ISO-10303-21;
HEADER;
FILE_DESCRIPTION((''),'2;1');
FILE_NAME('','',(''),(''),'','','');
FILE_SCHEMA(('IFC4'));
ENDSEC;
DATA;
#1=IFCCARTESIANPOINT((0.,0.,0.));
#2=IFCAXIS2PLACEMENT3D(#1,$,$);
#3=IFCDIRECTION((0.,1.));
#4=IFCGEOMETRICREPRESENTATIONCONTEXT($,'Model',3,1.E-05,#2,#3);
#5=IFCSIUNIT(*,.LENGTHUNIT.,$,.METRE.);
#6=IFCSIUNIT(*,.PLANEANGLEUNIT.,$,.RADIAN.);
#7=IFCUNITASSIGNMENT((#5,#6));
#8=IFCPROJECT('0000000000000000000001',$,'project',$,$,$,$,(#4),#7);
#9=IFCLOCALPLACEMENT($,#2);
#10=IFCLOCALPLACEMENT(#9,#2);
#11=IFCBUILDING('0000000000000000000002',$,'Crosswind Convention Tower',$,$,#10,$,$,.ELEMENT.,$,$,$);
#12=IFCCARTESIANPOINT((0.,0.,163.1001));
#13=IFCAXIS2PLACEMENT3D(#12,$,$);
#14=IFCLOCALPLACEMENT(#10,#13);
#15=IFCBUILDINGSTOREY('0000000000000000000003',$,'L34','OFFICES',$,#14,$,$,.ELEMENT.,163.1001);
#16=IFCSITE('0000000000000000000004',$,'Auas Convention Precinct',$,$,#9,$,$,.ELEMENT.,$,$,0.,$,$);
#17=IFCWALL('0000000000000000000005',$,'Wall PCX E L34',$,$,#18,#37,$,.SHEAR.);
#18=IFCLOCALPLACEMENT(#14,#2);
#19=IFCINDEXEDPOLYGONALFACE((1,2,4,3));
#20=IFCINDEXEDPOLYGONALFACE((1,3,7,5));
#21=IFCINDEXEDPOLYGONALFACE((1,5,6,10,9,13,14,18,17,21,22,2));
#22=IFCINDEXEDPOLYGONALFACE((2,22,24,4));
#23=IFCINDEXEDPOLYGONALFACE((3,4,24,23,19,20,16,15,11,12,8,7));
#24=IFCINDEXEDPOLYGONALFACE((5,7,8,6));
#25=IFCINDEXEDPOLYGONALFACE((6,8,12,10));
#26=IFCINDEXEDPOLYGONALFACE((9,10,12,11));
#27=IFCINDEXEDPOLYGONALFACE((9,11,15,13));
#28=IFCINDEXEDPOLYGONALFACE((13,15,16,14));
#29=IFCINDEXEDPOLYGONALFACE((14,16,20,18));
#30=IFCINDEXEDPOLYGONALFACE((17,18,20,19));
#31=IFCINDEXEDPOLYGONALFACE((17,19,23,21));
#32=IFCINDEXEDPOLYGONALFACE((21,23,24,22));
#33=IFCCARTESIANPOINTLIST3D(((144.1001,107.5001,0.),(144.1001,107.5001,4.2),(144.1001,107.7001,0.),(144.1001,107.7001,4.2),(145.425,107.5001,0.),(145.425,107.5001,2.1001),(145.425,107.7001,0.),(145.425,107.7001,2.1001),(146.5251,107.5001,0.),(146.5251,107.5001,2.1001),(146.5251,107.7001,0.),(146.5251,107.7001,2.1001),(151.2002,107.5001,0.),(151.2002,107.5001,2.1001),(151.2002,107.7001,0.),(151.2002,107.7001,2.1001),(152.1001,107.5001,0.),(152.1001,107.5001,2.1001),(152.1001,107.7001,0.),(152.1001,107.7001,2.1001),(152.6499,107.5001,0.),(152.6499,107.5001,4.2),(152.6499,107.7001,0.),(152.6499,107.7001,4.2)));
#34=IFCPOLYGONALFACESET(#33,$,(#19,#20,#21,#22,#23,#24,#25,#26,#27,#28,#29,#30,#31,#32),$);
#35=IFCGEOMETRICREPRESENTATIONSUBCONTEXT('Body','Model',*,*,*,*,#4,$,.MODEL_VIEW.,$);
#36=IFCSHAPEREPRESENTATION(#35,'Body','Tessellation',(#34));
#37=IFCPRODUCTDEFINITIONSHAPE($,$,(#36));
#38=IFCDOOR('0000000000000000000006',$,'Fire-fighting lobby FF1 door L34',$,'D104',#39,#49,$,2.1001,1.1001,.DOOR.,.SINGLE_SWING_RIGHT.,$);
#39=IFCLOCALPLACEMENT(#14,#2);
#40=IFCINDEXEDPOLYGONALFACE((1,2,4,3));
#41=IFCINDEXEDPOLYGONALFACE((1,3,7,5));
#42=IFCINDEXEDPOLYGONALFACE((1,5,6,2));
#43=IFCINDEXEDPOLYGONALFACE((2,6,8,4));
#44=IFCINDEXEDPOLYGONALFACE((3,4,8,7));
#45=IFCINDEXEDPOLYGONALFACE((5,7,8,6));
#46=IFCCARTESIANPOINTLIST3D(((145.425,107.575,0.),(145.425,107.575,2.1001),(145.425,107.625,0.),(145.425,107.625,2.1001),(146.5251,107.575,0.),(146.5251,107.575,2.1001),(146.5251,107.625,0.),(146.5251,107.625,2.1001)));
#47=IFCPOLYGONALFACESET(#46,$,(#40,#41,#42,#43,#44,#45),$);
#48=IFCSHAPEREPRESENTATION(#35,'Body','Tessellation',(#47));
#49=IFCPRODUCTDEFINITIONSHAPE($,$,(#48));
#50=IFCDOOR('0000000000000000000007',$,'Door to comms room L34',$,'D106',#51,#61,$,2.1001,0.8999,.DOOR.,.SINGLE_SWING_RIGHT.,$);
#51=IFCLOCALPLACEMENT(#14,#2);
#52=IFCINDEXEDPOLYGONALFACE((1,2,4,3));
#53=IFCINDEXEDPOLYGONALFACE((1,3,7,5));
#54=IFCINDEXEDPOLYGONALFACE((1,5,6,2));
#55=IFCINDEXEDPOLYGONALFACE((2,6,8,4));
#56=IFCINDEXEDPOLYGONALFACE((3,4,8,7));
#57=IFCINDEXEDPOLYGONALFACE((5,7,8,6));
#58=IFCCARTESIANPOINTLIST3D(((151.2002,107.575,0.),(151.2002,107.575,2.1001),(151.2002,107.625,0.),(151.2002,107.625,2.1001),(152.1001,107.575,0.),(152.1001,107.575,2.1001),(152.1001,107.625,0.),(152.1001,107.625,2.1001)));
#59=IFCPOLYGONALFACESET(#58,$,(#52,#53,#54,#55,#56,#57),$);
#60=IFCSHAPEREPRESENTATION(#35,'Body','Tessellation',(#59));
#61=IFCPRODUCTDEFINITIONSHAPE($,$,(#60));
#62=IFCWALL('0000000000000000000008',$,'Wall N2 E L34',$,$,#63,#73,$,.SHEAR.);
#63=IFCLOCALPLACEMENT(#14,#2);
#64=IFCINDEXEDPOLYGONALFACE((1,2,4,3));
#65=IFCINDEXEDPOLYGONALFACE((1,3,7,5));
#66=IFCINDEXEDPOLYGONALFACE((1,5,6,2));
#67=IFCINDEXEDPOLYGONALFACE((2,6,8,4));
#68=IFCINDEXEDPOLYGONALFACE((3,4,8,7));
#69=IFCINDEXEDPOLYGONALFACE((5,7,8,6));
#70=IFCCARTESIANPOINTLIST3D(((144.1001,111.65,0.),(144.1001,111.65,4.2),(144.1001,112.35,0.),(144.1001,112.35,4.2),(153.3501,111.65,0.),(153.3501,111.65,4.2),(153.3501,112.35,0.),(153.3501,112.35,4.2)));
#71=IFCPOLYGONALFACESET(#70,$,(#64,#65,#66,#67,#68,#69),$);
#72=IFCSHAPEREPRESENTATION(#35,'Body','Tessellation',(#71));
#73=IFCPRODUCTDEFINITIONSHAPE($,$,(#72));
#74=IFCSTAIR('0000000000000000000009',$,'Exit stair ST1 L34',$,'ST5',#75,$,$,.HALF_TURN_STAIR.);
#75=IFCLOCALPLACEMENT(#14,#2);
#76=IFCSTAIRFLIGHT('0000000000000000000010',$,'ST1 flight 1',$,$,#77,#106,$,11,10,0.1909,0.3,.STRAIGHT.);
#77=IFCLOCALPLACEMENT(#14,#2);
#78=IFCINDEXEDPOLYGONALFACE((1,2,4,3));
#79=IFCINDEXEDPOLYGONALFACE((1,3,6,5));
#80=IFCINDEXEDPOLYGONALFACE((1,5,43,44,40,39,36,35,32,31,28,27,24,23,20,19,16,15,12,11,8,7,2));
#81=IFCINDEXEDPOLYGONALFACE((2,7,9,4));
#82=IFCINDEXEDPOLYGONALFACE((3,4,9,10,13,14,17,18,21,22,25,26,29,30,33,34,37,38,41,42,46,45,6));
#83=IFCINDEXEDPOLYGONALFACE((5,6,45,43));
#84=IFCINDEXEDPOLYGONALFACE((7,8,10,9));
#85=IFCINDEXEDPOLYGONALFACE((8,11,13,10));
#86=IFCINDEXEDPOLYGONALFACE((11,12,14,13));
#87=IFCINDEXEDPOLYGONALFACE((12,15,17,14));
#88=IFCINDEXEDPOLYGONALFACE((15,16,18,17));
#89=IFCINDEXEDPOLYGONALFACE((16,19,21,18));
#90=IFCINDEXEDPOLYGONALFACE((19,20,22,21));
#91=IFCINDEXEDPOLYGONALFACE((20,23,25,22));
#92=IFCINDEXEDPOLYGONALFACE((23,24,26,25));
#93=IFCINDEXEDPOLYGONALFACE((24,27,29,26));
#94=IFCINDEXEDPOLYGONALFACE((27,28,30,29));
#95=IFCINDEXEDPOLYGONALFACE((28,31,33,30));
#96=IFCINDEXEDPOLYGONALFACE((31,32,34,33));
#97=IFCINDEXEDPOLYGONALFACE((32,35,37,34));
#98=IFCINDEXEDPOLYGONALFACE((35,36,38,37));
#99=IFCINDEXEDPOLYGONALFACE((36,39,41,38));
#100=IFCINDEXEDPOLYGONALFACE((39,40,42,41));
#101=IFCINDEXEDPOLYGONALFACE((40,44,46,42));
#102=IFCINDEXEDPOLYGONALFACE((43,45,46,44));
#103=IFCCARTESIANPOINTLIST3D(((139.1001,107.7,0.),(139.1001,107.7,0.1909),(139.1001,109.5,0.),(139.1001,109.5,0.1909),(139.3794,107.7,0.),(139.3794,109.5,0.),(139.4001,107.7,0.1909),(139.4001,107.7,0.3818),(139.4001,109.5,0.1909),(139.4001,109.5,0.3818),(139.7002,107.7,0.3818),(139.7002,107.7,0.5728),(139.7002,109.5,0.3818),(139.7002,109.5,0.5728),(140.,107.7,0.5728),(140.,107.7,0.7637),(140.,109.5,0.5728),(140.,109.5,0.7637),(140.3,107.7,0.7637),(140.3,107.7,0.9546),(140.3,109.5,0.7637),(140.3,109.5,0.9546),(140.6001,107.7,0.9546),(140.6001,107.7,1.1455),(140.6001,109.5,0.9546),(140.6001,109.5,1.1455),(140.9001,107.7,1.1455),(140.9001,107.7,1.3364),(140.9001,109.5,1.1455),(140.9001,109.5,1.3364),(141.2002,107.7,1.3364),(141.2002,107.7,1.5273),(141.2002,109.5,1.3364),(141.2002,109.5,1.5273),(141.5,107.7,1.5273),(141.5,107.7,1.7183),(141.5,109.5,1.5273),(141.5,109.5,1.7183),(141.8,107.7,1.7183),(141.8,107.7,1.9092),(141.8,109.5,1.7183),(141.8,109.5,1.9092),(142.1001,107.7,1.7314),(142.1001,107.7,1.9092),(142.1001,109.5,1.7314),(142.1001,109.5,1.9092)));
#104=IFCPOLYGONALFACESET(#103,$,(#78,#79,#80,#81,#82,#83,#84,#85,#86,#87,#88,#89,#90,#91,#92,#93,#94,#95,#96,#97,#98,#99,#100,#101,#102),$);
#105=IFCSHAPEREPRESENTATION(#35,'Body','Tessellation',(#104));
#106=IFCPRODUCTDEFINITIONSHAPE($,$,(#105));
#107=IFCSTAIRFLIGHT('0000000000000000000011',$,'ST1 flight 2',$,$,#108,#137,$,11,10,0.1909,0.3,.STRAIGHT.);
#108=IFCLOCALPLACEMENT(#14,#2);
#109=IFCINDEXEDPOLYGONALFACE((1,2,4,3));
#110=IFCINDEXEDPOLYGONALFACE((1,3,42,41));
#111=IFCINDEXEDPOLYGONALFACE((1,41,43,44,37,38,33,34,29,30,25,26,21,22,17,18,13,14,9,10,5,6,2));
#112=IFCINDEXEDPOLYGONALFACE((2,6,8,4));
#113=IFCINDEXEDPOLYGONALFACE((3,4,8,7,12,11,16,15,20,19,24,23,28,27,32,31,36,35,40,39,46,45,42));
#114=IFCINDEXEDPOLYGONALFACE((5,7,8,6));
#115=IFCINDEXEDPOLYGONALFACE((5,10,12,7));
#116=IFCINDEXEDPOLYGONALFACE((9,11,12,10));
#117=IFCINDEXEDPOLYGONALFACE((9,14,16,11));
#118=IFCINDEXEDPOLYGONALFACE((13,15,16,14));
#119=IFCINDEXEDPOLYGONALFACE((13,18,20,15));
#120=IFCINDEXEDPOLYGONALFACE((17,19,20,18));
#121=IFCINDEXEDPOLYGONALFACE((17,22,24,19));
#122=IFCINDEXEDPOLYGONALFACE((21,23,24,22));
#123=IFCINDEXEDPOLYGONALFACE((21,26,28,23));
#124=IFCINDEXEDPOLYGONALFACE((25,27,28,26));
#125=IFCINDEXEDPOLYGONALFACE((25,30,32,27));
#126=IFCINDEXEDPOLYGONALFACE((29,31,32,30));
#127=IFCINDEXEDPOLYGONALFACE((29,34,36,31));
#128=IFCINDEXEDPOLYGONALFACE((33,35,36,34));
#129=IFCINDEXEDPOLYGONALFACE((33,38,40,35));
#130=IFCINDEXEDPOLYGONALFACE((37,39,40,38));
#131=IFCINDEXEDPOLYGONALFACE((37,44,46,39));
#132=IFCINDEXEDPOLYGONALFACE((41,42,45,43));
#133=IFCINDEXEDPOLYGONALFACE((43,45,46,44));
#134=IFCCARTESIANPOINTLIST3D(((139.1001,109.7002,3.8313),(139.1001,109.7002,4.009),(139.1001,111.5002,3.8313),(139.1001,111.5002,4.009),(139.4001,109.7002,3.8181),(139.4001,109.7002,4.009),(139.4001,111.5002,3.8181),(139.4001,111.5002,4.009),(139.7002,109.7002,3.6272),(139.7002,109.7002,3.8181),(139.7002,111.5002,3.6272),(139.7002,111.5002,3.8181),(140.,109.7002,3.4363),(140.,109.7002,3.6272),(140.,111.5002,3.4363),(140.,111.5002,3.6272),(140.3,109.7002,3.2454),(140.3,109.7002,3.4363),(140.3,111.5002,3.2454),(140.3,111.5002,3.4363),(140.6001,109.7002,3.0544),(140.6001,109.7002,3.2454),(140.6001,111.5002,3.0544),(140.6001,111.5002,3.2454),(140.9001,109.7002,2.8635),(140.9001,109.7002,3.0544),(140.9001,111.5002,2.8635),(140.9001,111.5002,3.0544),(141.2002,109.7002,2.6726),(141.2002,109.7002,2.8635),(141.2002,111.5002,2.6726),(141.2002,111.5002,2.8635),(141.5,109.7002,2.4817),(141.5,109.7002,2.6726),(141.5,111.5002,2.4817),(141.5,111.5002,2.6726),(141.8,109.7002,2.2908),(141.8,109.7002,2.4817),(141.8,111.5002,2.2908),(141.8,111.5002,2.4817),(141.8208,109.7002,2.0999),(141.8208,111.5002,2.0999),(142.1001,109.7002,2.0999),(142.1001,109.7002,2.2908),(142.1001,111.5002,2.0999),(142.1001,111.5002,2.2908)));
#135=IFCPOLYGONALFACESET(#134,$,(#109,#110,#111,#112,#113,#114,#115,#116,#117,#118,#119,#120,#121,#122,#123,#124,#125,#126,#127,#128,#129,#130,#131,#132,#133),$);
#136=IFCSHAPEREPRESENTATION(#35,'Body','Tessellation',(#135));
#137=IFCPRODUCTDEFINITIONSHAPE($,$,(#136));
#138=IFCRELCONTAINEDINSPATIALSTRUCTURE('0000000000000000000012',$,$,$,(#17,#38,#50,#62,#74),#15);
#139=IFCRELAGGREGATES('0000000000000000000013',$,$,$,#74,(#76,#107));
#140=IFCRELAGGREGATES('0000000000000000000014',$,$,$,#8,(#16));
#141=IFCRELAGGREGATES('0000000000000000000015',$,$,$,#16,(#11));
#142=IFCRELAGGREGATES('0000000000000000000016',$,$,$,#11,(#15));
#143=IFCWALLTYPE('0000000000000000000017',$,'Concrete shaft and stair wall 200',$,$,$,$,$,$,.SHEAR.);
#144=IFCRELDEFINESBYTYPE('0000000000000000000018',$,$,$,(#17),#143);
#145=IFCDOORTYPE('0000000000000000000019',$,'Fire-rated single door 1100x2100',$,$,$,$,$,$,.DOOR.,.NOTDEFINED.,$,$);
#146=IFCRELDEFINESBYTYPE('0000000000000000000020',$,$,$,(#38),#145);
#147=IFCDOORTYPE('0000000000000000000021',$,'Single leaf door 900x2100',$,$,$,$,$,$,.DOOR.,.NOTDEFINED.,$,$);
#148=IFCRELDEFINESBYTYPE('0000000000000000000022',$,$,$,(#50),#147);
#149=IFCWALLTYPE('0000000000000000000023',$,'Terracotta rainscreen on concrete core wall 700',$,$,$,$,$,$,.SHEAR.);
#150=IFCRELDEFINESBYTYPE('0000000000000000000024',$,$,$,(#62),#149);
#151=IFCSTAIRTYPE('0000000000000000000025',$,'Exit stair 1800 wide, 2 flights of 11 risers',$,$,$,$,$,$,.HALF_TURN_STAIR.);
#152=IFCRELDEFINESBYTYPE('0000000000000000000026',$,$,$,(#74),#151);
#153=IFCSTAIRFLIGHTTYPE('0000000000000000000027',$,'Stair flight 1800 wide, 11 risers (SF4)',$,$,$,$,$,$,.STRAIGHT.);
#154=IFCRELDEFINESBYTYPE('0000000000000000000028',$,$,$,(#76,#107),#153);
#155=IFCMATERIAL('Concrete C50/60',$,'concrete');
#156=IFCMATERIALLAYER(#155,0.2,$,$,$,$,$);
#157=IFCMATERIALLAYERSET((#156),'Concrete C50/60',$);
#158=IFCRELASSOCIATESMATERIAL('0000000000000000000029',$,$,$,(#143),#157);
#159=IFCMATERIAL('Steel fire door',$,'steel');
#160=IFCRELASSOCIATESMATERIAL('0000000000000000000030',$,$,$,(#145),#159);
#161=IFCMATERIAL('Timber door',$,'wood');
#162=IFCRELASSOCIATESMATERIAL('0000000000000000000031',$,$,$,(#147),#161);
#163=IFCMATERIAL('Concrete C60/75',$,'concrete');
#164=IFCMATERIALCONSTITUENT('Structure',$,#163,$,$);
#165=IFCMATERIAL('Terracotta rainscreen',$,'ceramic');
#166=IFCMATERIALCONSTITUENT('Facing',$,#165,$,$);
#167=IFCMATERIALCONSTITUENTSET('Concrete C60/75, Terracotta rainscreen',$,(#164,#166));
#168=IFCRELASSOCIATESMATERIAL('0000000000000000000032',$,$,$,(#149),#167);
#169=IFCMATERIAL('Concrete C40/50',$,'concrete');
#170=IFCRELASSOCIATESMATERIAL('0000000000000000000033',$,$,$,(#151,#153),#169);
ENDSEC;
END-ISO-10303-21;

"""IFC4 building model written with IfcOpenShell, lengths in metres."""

from ifc_helpers import new_model, si_unit, direction, frame, frame_2d, origin, place, context, subcontext, project, spatial, polyline, rectangle, outline, extrude, material, layer, layer_set, constituent, constituent_set, type_object, element, fill, aggregate, save


model = new_model("IFC4")

# Units and contexts
model_context = context("Model", 3, precision=1e-05, world=origin(), true_north=direction((0.0, 1.0)))
body_context = subcontext(model_context, "Body", "Model", "MODEL_VIEW")
ifc_project = project(units=[si_unit("LENGTHUNIT", "METRE"), si_unit("PLANEANGLEUNIT", "RADIAN")], contexts=[model_context])

# Site, building, storey
site_placement = place(None, origin())
site = spatial("IfcSite", under=ifc_project, at=site_placement, Name="Auas Convention Precinct", CompositionType="ELEMENT", RefElevation=0.0)
building_placement = place(site_placement, origin())
building = spatial("IfcBuilding", under=site, at=building_placement, Name="Crosswind Convention Tower", CompositionType="ELEMENT")
storey_placement = place(building_placement, frame((0.0, 0.0, 163.1001)))
storey = spatial("IfcBuildingStorey", under=building, at=storey_placement, Name="L34", Description="OFFICES", CompositionType="ELEMENT", Elevation=163.1001)

# Shared definitions
ifc_material_1 = material(Name="Concrete C60/75", Category="concrete")

# Shared definitions
ifc_material_2 = material(Name="Concrete C50/60", Category="concrete")
ifc_layer_1 = layer(ifc_material_2, 0.2)
ifc_layer_set_1 = layer_set([ifc_layer_1], Name="Concrete C50/60")
wall_type_1 = type_object("IfcWallType", Name="Concrete shaft and stair wall 200", PredefinedType="SHEAR", material=ifc_layer_set_1)

# Wall, openings, doors
wall_1_placement = place(storey_placement, frame((144.1001, 107.6001, 0.0), z_axis=(0.0, 0.0, 1.0), x_axis=(1.0, 0.0, 0.0)))
wall_1 = element("IfcWall", 1, at=wall_1_placement, inside=storey, type_object=wall_type_1, Name="Wall PCX E L34", PredefinedType="SHEAR", context=body_context, shape_type="SweptSolid", body=[
    extrude(rectangle(XDim=8.5498, YDim=0.2, at=frame_2d((4.2749, 0.0))), origin(), (0.0, 0.0, 1.0), 4.2),
])
opening_1_placement = place(wall_1_placement, frame((1.325, 0.0, 0.0)))
opening_1 = element("IfcOpeningElement", 2, at=opening_1_placement, cuts=wall_1, PredefinedType="OPENING", context=body_context, shape_type="SweptSolid", body=[
    extrude(rectangle(XDim=1.1001, YDim=2.1001, at=frame_2d((0.55, 1.05))), frame((0.0, 0.1099, 0.0), z_axis=(0.0, -1.0, 0.0), x_axis=(1.0, 0.0, 0.0)), (0.0, 0.0, 1.0), 0.22),
])
opening_2_placement = place(wall_1_placement, frame((7.1001, 0.0, 0.0)))
opening_2 = element("IfcOpeningElement", 3, at=opening_2_placement, cuts=wall_1, PredefinedType="OPENING", context=body_context, shape_type="SweptSolid", body=[
    extrude(rectangle(XDim=0.8999, YDim=2.1001, at=frame_2d((0.45, 1.05))), frame((0.0, 0.1099, 0.0), z_axis=(0.0, -1.0, 0.0), x_axis=(1.0, 0.0, 0.0)), (0.0, 0.0, 1.0), 0.22),
])
ifc_material_3 = material(Name="Steel fire door", Category="steel")
door_type_1 = type_object("IfcDoorType", Name="Fire-rated single door 1100x2100", OperationType="NOTDEFINED", PredefinedType="DOOR", material=ifc_material_3)
door_1_placement = place(opening_1_placement, origin())
door_1 = element("IfcDoor", 4, at=door_1_placement, inside=storey, type_object=door_type_1, Name="Fire-fighting lobby FF1 door L34", ObjectType="D104", OperationType="SINGLE_SWING_RIGHT", OverallHeight=2.1001, OverallWidth=1.1001, PredefinedType="DOOR", context=body_context, shape_type="SweptSolid", body=[
    extrude(rectangle(XDim=1.1001, YDim=2.1001, at=frame_2d((0.55, 1.05))), frame((0.0, 0.0249, 0.0), z_axis=(0.0, -1.0, 0.0), x_axis=(1.0, 0.0, 0.0)), (0.0, 0.0, 1.0), 0.05),
])
fill(opening_1, door_1)
ifc_material_4 = material(Name="Timber door", Category="wood")
door_type_2 = type_object("IfcDoorType", Name="Single leaf door 900x2100", OperationType="NOTDEFINED", PredefinedType="DOOR", material=ifc_material_4)
door_2_placement = place(opening_2_placement, origin())
door_2 = element("IfcDoor", 5, at=door_2_placement, inside=storey, type_object=door_type_2, Name="Door to comms room L34", ObjectType="D106", OperationType="SINGLE_SWING_RIGHT", OverallHeight=2.1001, OverallWidth=0.8999, PredefinedType="DOOR", context=body_context, shape_type="SweptSolid", body=[
    extrude(rectangle(XDim=0.8999, YDim=2.1001, at=frame_2d((0.45, 1.05))), frame((0.0, 0.0249, 0.0), z_axis=(0.0, -1.0, 0.0), x_axis=(1.0, 0.0, 0.0)), (0.0, 0.0, 1.0), 0.05),
])
fill(opening_2, door_2)

# Wall
ifc_constituent_1 = constituent(ifc_material_1, Name="Structure")
ifc_material_5 = material(Name="Terracotta rainscreen", Category="ceramic")
ifc_constituent_2 = constituent(ifc_material_5, Name="Facing")
ifc_constituent_set = constituent_set(constituents=[ifc_constituent_1, ifc_constituent_2], Name="Concrete C60/75, Terracotta rainscreen")
wall_type_2 = type_object("IfcWallType", Name="Terracotta rainscreen on concrete core wall 700", PredefinedType="SHEAR", material=ifc_constituent_set)
wall_2_placement = place(storey_placement, frame((144.1001, 112.0, 0.0), z_axis=(0.0, 0.0, 1.0), x_axis=(1.0, 0.0, 0.0)))
element("IfcWall", 6, at=wall_2_placement, inside=storey, type_object=wall_type_2, Name="Wall N2 E L34", PredefinedType="SHEAR", context=body_context, shape_type="SweptSolid", body=[
    extrude(rectangle(XDim=9.25, YDim=0.7, at=frame_2d((4.625, 0.0))), origin(), (0.0, 0.0, 1.0), 4.2),
])

# Stair, stair flights
ifc_material_6 = material(Name="Concrete C40/50", Category="concrete")
stair_type = type_object("IfcStairType", Name="Exit stair 1800 wide, 2 flights of 11 risers", PredefinedType="HALF_TURN_STAIR", material=ifc_material_6)
stair_placement = place(storey_placement, origin())
stair = element("IfcStair", 7, at=stair_placement, inside=storey, type_object=stair_type, Name="Exit stair ST1 L34", ObjectType="ST5", PredefinedType="HALF_TURN_STAIR")
stair_flight_type = type_object("IfcStairFlightType", Name="Stair flight 1800 wide, 11 risers (SF4)", PredefinedType="STRAIGHT", material=ifc_material_6)
stair_flight_1_placement = place(storey_placement, frame((139.1001, 108.6001, 0.0), z_axis=(0.0, 0.0, 1.0), x_axis=(1.0, 0.0, 0.0)))
stair_flight_1 = element("IfcStairFlight", 8, at=stair_flight_1_placement, type_object=stair_flight_type, Name="ST1 flight 1", NumberOfRisers=11, NumberOfTreads=10, PredefinedType="STRAIGHT", RiserHeight=0.1909, TreadLength=0.3, context=body_context, shape_type="SweptSolid", body=[
    extrude(outline(polyline([(0.0, 0.0), (0.0, 0.1909), (0.3, 0.1909), (0.3, 0.3818), (0.6001, 0.3818), (0.6001, 0.5728), (0.8999, 0.5728), (0.8999, 0.7637), (1.2, 0.7637), (1.2, 0.9546), (1.5, 0.9546), (1.5, 1.1455), (1.8, 1.1455), (1.8, 1.3364), (2.1001, 1.3364), (2.1001, 1.5273), (2.3999, 1.5273), (2.3999, 1.7183), (2.7, 1.7183), (2.7, 1.9092), (3.0, 1.9092), (3.0, 2.1001), (3.0, 1.7314), (0.2793, 0.0), (0.0, 0.0)])), frame((0.0, 0.8999, 0.0), z_axis=(0.0, -1.0, 0.0), x_axis=(1.0, 0.0, 0.0)), (0.0, 0.0, 1.0), 1.8),
])
stair_flight_2_placement = place(storey_placement, frame((142.1001, 110.6001, 2.0999), z_axis=(0.0, 0.0, 1.0), x_axis=(-1.0, 0.0, 0.0)))
stair_flight_2 = element("IfcStairFlight", 9, at=stair_flight_2_placement, type_object=stair_flight_type, Name="ST1 flight 2", NumberOfRisers=11, NumberOfTreads=10, PredefinedType="STRAIGHT", RiserHeight=0.1909, TreadLength=0.3, context=body_context, shape_type="SweptSolid", body=[
    extrude(outline(polyline([(0.0, 0.0), (0.0, 0.1909), (0.3, 0.1909), (0.3, 0.3818), (0.6001, 0.3818), (0.6001, 0.5728), (0.8999, 0.5728), (0.8999, 0.7637), (1.2, 0.7637), (1.2, 0.9546), (1.5, 0.9546), (1.5, 1.1455), (1.8, 1.1455), (1.8, 1.3364), (2.1001, 1.3364), (2.1001, 1.5273), (2.3999, 1.5273), (2.3999, 1.7183), (2.7, 1.7183), (2.7, 1.9092), (3.0, 1.9092), (3.0, 2.1001), (3.0, 1.7314), (0.2793, 0.0), (0.0, 0.0)])), frame((0.0, 0.8999, 0.0), z_axis=(0.0, -1.0, 0.0), x_axis=(1.0, 0.0, 0.0)), (0.0, 0.0, 1.0), 1.8),
])
aggregate(stair, [stair_flight_1, stair_flight_2])

save(model, "model.ifc")
